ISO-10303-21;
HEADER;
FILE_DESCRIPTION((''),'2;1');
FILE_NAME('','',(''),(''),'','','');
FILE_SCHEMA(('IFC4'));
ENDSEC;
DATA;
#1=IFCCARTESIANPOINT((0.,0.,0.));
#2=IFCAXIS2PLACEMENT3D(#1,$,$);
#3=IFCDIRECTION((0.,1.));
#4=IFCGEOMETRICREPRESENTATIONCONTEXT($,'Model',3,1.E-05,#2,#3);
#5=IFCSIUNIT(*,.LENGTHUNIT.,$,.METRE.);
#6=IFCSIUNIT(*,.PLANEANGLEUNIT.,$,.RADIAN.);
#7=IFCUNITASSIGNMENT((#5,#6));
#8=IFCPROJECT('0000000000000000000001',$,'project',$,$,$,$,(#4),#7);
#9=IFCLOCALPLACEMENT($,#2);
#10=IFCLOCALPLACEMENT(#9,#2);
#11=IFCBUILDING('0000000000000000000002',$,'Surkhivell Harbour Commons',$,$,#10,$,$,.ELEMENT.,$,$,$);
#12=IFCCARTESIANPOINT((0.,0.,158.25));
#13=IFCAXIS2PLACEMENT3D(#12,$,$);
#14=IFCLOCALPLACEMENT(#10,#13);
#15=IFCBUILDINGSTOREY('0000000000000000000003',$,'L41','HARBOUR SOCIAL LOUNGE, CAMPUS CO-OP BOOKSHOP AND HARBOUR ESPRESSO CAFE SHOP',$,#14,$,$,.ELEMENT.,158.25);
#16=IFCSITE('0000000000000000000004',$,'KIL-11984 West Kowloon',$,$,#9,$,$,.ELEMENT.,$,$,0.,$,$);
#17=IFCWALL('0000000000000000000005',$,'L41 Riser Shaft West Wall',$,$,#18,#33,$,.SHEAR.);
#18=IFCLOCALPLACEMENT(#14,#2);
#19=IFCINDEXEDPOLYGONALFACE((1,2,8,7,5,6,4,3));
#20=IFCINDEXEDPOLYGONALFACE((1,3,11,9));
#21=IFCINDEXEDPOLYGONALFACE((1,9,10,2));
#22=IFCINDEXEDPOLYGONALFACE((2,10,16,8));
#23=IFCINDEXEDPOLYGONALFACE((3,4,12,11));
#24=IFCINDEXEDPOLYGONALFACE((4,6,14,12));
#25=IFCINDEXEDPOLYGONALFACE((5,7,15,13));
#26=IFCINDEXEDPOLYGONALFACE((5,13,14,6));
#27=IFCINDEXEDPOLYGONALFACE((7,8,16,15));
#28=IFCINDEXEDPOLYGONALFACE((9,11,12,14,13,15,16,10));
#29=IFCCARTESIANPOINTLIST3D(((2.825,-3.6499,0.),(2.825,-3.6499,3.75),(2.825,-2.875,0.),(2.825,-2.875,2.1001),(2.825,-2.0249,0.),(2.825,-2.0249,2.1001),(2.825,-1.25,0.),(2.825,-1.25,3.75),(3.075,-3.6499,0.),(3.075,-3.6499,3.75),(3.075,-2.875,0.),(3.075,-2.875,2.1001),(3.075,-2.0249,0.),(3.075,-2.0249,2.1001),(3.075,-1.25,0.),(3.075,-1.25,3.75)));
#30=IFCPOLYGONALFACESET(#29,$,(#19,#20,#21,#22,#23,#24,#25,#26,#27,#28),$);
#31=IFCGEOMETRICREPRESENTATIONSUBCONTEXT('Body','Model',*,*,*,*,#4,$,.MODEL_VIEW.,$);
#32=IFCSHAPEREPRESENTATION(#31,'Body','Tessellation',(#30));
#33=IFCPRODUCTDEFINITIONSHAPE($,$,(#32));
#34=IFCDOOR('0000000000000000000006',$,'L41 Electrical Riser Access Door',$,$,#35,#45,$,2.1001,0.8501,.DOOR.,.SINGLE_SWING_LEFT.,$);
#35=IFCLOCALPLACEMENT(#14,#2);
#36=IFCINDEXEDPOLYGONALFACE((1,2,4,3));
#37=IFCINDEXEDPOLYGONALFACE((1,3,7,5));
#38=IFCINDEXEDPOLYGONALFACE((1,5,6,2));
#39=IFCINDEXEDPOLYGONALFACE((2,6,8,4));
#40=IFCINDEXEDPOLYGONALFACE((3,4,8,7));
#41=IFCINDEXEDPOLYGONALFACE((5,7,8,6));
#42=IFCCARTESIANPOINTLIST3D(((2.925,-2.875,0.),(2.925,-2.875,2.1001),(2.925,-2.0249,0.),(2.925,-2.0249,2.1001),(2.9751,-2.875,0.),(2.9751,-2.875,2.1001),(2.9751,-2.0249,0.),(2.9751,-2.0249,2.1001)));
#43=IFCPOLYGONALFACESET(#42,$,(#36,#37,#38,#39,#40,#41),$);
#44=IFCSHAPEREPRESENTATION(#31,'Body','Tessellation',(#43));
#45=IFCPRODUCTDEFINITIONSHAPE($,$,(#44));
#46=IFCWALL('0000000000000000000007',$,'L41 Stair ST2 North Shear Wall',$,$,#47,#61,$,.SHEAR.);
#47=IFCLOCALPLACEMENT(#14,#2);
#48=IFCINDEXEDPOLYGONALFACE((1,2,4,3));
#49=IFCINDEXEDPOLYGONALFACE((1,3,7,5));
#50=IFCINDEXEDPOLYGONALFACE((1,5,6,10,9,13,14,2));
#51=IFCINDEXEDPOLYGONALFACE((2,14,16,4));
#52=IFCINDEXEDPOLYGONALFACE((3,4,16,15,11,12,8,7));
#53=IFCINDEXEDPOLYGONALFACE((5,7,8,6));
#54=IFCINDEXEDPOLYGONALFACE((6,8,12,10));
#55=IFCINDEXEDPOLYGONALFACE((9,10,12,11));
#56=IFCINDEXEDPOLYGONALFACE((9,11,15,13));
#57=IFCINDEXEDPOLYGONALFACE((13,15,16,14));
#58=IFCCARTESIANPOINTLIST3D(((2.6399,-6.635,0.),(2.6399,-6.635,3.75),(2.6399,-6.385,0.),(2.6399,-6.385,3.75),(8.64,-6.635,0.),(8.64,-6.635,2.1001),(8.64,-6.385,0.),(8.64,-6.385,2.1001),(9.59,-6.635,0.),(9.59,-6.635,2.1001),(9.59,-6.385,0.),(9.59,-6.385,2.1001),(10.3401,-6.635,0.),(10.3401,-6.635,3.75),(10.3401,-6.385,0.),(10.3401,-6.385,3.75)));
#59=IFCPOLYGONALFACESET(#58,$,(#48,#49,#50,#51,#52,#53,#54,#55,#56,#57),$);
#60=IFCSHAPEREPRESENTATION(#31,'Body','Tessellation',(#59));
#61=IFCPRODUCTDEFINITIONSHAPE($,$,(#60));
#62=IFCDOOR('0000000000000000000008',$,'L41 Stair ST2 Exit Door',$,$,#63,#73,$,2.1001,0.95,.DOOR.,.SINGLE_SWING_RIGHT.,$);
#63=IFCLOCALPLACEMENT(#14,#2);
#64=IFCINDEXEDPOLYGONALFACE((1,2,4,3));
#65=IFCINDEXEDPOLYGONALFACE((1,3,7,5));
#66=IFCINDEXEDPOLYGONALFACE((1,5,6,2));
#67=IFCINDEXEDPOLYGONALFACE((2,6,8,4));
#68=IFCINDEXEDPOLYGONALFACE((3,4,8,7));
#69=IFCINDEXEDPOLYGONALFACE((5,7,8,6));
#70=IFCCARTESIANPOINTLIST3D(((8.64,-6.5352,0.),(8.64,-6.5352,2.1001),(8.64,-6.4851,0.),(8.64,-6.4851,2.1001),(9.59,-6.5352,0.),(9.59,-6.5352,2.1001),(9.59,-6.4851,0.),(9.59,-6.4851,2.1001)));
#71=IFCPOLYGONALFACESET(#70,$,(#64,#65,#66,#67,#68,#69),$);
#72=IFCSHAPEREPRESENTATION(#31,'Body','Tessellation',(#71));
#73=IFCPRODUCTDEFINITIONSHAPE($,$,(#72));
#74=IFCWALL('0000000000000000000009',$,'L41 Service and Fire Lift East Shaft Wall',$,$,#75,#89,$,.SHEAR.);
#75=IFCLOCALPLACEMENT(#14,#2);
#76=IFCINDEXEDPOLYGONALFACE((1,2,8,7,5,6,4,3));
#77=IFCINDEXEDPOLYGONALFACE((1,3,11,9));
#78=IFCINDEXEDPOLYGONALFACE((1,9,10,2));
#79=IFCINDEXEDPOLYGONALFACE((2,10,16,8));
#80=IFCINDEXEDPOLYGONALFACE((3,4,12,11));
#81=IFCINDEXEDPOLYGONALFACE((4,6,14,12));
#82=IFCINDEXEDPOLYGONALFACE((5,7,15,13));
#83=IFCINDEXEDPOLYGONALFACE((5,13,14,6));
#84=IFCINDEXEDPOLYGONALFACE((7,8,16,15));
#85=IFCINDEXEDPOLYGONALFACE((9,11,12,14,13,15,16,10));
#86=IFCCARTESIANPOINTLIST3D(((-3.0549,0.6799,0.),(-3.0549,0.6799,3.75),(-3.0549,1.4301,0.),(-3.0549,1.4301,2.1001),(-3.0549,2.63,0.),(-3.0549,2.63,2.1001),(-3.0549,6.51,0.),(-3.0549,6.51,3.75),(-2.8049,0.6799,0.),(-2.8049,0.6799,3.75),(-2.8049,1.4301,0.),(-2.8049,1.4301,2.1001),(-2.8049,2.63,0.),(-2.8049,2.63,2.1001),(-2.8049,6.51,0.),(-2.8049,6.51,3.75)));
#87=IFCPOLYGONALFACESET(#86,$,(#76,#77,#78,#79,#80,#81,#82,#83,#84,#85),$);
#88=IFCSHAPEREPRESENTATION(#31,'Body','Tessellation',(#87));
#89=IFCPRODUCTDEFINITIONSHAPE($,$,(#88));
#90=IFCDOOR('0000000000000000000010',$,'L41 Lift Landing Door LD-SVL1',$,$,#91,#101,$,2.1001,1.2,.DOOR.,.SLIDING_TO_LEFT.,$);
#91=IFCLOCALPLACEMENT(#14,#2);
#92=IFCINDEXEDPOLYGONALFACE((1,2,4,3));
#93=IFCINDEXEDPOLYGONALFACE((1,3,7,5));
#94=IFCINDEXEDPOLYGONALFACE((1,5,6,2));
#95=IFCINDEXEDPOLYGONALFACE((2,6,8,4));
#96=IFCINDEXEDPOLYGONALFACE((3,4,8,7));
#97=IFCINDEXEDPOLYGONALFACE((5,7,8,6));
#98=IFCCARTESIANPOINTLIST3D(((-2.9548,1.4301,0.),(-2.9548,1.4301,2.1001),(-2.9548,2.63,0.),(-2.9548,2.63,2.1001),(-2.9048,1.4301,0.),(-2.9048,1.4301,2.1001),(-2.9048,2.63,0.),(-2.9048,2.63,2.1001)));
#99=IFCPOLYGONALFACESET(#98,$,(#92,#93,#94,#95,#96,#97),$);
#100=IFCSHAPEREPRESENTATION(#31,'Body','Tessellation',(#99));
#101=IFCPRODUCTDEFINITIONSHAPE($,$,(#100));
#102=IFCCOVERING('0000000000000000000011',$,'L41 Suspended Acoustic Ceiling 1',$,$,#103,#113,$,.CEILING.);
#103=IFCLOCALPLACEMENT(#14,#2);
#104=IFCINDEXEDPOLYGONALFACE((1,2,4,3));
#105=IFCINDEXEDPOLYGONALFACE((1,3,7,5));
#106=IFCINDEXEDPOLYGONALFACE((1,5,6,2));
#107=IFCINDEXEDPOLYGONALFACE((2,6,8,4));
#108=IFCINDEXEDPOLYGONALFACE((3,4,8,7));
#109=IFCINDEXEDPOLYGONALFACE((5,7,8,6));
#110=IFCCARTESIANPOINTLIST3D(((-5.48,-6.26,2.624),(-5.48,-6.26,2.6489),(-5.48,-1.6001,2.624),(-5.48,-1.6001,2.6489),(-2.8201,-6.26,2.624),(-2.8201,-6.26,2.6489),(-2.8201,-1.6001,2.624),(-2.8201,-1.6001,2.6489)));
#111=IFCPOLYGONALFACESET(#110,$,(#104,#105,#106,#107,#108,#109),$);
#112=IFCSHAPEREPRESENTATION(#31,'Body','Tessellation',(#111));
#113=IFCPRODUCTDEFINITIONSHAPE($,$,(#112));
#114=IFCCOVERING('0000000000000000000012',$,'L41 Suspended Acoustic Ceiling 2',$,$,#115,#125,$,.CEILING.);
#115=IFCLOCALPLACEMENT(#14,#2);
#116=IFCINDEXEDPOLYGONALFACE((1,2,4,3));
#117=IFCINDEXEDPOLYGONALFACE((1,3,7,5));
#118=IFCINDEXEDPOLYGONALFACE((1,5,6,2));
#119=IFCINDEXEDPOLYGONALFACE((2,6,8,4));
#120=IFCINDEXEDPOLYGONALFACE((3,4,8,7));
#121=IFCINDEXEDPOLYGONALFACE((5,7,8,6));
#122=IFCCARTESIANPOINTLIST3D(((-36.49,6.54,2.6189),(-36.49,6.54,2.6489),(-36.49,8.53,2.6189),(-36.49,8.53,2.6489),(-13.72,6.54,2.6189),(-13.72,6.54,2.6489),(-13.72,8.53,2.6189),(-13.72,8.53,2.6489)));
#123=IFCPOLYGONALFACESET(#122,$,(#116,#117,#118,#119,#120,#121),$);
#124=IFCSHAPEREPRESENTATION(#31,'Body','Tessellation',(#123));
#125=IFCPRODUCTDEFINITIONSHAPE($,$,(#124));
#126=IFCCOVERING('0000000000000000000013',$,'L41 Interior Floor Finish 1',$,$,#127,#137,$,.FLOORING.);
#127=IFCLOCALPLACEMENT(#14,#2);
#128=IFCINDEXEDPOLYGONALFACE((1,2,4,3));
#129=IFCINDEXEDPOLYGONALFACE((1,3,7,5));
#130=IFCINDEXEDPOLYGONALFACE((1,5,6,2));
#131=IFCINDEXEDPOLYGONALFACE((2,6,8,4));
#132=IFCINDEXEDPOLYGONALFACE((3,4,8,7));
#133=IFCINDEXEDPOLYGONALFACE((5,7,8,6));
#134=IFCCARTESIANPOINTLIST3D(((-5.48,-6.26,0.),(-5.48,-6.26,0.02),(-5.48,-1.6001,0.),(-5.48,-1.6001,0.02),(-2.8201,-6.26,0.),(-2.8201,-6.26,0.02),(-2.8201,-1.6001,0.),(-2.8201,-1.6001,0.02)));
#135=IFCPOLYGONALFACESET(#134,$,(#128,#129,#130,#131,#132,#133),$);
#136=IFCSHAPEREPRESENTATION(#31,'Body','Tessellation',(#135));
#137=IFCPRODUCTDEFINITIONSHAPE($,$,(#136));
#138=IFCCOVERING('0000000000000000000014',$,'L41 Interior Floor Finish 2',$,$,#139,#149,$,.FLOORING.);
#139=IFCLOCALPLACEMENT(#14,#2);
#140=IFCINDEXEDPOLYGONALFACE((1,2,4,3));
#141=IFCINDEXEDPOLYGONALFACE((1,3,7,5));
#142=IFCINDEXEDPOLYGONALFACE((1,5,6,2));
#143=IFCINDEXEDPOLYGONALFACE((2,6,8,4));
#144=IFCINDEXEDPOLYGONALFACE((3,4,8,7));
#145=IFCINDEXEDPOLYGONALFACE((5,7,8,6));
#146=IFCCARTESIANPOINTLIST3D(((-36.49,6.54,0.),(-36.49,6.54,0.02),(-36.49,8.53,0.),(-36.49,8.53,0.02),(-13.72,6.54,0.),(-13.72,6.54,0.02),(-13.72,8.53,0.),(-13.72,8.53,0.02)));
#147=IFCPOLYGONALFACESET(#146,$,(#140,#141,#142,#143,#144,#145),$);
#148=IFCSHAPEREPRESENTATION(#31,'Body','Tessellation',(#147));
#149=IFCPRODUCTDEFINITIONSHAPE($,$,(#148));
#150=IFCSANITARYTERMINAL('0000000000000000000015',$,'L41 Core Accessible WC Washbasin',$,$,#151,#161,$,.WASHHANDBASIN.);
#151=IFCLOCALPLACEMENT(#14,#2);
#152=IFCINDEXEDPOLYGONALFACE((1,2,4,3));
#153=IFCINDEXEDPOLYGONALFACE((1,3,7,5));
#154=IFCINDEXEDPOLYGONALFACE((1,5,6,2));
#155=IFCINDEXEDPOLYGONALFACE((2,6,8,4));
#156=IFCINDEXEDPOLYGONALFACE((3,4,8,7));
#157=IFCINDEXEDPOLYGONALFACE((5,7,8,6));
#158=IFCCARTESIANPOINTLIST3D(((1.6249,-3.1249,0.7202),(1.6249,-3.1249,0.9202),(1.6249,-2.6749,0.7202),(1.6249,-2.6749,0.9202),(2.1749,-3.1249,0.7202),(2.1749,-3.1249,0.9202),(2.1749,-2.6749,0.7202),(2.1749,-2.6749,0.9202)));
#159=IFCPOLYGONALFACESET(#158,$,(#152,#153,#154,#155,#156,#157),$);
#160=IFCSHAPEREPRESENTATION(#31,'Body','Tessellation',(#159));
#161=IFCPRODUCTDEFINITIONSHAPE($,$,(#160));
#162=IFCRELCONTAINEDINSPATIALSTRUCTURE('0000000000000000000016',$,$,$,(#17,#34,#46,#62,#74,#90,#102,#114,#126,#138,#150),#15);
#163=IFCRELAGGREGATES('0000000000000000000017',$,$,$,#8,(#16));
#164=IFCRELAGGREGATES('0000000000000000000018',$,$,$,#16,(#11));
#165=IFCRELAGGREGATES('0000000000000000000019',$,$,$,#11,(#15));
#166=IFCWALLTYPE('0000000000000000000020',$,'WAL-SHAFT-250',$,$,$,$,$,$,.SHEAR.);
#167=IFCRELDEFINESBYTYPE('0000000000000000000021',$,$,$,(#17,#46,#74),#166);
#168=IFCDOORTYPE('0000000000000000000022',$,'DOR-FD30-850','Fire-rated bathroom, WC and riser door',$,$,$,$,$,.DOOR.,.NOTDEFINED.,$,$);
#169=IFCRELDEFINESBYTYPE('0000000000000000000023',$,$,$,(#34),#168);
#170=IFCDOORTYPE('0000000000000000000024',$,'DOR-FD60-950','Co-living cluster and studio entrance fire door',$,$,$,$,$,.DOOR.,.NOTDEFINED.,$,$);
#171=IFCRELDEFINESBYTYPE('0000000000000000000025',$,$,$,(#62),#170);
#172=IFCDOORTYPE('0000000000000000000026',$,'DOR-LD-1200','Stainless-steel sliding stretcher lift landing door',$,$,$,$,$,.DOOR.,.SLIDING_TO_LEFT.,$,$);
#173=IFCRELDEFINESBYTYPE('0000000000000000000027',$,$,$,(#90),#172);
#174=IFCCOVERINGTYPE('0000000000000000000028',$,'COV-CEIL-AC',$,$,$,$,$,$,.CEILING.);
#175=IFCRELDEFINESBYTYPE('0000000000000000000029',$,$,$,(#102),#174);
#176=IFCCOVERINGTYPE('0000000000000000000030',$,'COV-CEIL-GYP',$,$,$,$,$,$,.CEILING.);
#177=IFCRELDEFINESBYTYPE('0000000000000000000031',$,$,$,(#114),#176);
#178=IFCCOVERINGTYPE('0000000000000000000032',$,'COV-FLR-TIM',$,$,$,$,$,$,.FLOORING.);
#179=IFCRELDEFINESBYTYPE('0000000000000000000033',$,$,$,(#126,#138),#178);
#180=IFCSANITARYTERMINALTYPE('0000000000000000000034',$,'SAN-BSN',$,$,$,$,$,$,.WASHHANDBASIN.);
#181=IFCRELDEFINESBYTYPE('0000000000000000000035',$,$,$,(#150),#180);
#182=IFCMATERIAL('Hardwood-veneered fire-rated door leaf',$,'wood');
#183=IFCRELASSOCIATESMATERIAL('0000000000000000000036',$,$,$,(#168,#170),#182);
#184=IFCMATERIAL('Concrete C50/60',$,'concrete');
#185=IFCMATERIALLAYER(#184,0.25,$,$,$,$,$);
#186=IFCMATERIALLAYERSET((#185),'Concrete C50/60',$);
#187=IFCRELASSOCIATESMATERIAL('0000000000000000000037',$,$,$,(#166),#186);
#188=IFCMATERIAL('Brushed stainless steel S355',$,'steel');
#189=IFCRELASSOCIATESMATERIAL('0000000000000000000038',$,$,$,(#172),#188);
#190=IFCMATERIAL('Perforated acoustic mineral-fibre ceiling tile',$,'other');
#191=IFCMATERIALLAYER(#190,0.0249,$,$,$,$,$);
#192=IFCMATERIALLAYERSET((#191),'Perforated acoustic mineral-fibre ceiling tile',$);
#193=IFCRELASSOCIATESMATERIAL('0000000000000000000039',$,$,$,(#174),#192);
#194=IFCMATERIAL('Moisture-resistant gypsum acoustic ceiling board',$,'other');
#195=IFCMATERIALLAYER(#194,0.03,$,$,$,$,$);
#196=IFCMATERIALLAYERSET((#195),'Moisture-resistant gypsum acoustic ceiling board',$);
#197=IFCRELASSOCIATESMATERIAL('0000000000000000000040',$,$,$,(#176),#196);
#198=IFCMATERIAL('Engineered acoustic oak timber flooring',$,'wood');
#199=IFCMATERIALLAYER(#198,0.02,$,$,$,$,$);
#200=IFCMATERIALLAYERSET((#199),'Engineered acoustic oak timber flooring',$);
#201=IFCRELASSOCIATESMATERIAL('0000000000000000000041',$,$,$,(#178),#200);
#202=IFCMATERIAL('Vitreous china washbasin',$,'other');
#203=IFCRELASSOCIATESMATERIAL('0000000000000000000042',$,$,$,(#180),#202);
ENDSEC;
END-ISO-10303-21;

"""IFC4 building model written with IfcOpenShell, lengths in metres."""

from ifc_helpers import new_model, si_unit, direction, frame, frame_2d, origin, origin_2d, place, context, subcontext, project, spatial, polyline, rectangle, outline, extrude, material, layer, layer_set, type_object, element, fill, save


model = new_model("IFC4")

# Units and contexts
model_context = context("Model", 3, precision=1e-05, world=origin(), true_north=direction((0.0, 1.0)))
body_context = subcontext(model_context, "Body", "Model", "MODEL_VIEW")
ifc_project = project(units=[si_unit("LENGTHUNIT", "METRE"), si_unit("PLANEANGLEUNIT", "RADIAN")], contexts=[model_context])

# Site, building, storey
site_placement = place(None, origin())
site = spatial("IfcSite", under=ifc_project, at=site_placement, Name="KIL-11984 West Kowloon", CompositionType="ELEMENT", RefElevation=0.0)
building_placement = place(site_placement, origin())
building = spatial("IfcBuilding", under=site, at=building_placement, Name="Surkhivell Harbour Commons", CompositionType="ELEMENT")
storey_placement = place(building_placement, frame((0.0, 0.0, 158.25)))
storey = spatial("IfcBuildingStorey", under=building, at=storey_placement, Name="L41", Description="HARBOUR SOCIAL LOUNGE, CAMPUS CO-OP BOOKSHOP AND HARBOUR ESPRESSO CAFE SHOP", CompositionType="ELEMENT", Elevation=158.25)

# Shared definitions
ifc_material_1 = material(Name="Hardwood-veneered fire-rated door leaf", Category="wood")
door_type_1 = type_object("IfcDoorType", Name="DOR-FD30-850", Description="Fire-rated bathroom, WC and riser door", OperationType="NOTDEFINED", PredefinedType="DOOR", material=ifc_material_1)

# Shared definitions
ifc_material_2 = material(Name="Concrete C50/60", Category="concrete")
ifc_layer_1 = layer(ifc_material_2, 0.25)
ifc_layer_set_1 = layer_set([ifc_layer_1], Name="Concrete C50/60")
wall_type_1 = type_object("IfcWallType", Name="WAL-SHAFT-250", PredefinedType="SHEAR", material=ifc_layer_set_1)

# Walls, openings, doors
wall_1_placement = place(storey_placement, frame((2.95, -3.6499, 0.0), z_axis=(0.0, 0.0, 1.0), x_axis=(0.0, 1.0, 0.0)))
wall_1 = element("IfcWall", 1, at=wall_1_placement, inside=storey, type_object=wall_type_1, Name="L41 Riser Shaft West Wall", PredefinedType="SHEAR", context=body_context, shape_type="SweptSolid", body=[
    extrude(rectangle(XDim=2.3999, YDim=0.25, at=frame_2d((1.2, 0.0))), origin(), (0.0, 0.0, 1.0), 3.75),
])
opening_1_placement = place(wall_1_placement, frame((0.7749, 0.0, 0.0)))
opening_1 = element("IfcOpeningElement", 2, at=opening_1_placement, cuts=wall_1, PredefinedType="OPENING", context=body_context, shape_type="SweptSolid", body=[
    extrude(rectangle(XDim=0.8501, YDim=2.1001, at=frame_2d((0.425, 1.05))), frame((0.0, 0.135, 0.0), z_axis=(0.0, -1.0, 0.0), x_axis=(1.0, 0.0, 0.0)), (0.0, 0.0, 1.0), 0.27),
])
door_1_placement = place(opening_1_placement, origin())
door_1 = element("IfcDoor", 3, at=door_1_placement, inside=storey, type_object=door_type_1, Name="L41 Electrical Riser Access Door", OperationType="SINGLE_SWING_LEFT", OverallHeight=2.1001, OverallWidth=0.8501, PredefinedType="DOOR", context=body_context, shape_type="SweptSolid", body=[
    extrude(rectangle(XDim=0.8501, YDim=2.1001, at=frame_2d((0.425, 1.05))), frame((0.0, 0.0249, 0.0), z_axis=(0.0, -1.0, 0.0), x_axis=(1.0, 0.0, 0.0)), (0.0, 0.0, 1.0), 0.05),
])
fill(opening_1, door_1)
wall_2_placement = place(storey_placement, frame((2.6399, -6.51, 0.0), z_axis=(0.0, 0.0, 1.0), x_axis=(1.0, 0.0, 0.0)))
wall_2 = element("IfcWall", 4, at=wall_2_placement, inside=storey, type_object=wall_type_1, Name="L41 Stair ST2 North Shear Wall", PredefinedType="SHEAR", context=body_context, shape_type="SweptSolid", body=[
    extrude(rectangle(XDim=7.7002, YDim=0.25, at=frame_2d((3.8501, 0.0))), origin(), (0.0, 0.0, 1.0), 3.75),
])
opening_2_placement = place(wall_2_placement, frame((6.0, 0.0, 0.0)))
opening_2 = element("IfcOpeningElement", 5, at=opening_2_placement, cuts=wall_2, PredefinedType="OPENING", context=body_context, shape_type="SweptSolid", body=[
    extrude(rectangle(XDim=0.95, YDim=2.1001, at=frame_2d((0.4751, 1.05))), frame((0.0, 0.135, 0.0), z_axis=(0.0, -1.0, 0.0), x_axis=(1.0, 0.0, 0.0)), (0.0, 0.0, 1.0), 0.27),
])
door_type_2 = type_object("IfcDoorType", Name="DOR-FD60-950", Description="Co-living cluster and studio entrance fire door", OperationType="NOTDEFINED", PredefinedType="DOOR", material=ifc_material_1)
door_2_placement = place(opening_2_placement, origin())
door_2 = element("IfcDoor", 6, at=door_2_placement, inside=storey, type_object=door_type_2, Name="L41 Stair ST2 Exit Door", OperationType="SINGLE_SWING_RIGHT", OverallHeight=2.1001, OverallWidth=0.95, PredefinedType="DOOR", context=body_context, shape_type="SweptSolid", body=[
    extrude(rectangle(XDim=0.95, YDim=2.1001, at=frame_2d((0.4751, 1.05))), frame((0.0, 0.0249, 0.0), z_axis=(0.0, -1.0, 0.0), x_axis=(1.0, 0.0, 0.0)), (0.0, 0.0, 1.0), 0.05),
])
fill(opening_2, door_2)
wall_3_placement = place(storey_placement, frame((-2.9299, 0.6799, 0.0), z_axis=(0.0, 0.0, 1.0), x_axis=(0.0, 1.0, 0.0)))
wall_3 = element("IfcWall", 7, at=wall_3_placement, inside=storey, type_object=wall_type_1, Name="L41 Service and Fire Lift East Shaft Wall", PredefinedType="SHEAR", context=body_context, shape_type="SweptSolid", body=[
    extrude(rectangle(XDim=5.8301, YDim=0.25, at=frame_2d((2.915, 0.0))), origin(), (0.0, 0.0, 1.0), 3.75),
])
opening_3_placement = place(wall_3_placement, frame((0.75, 0.0, 0.0)))
opening_3 = element("IfcOpeningElement", 8, at=opening_3_placement, cuts=wall_3, PredefinedType="OPENING", context=body_context, shape_type="SweptSolid", body=[
    extrude(rectangle(XDim=1.2, YDim=2.1001, at=frame_2d((0.6001, 1.05))), frame((0.0, 0.135, 0.0), z_axis=(0.0, -1.0, 0.0), x_axis=(1.0, 0.0, 0.0)), (0.0, 0.0, 1.0), 0.27),
])
ifc_material_3 = material(Name="Brushed stainless steel S355", Category="steel")
door_type_3 = type_object("IfcDoorType", Name="DOR-LD-1200", Description="Stainless-steel sliding stretcher lift landing door", OperationType="SLIDING_TO_LEFT", PredefinedType="DOOR", material=ifc_material_3)
door_3_placement = place(opening_3_placement, origin())
door_3 = element("IfcDoor", 9, at=door_3_placement, inside=storey, type_object=door_type_3, Name="L41 Lift Landing Door LD-SVL1", OperationType="SLIDING_TO_LEFT", OverallHeight=2.1001, OverallWidth=1.2, PredefinedType="DOOR", context=body_context, shape_type="SweptSolid", body=[
    extrude(rectangle(XDim=1.2, YDim=2.1001, at=frame_2d((0.6001, 1.05))), frame((0.0, 0.0249, 0.0), z_axis=(0.0, -1.0, 0.0), x_axis=(1.0, 0.0, 0.0)), (0.0, 0.0, 1.0), 0.05),
])
fill(opening_3, door_3)

# Coverings
ifc_material_4 = material(Name="Perforated acoustic mineral-fibre ceiling tile", Category="other")
ifc_layer_2 = layer(ifc_material_4, 0.0249)
ifc_layer_set_2 = layer_set([ifc_layer_2], Name="Perforated acoustic mineral-fibre ceiling tile")
covering_type_1 = type_object("IfcCoveringType", Name="COV-CEIL-AC", PredefinedType="CEILING", material=ifc_layer_set_2)
covering_1_placement = place(storey_placement, frame((0.0, 0.0, 2.624)))
element("IfcCovering", 10, at=covering_1_placement, inside=storey, type_object=covering_type_1, Name="L41 Suspended Acoustic Ceiling 1", PredefinedType="CEILING", context=body_context, shape_type="SweptSolid", body=[
    extrude(outline(polyline([(-5.48, -6.26), (-2.8201, -6.26), (-2.8201, -1.6001), (-5.48, -1.6001), (-5.48, -6.26)])), origin(), (0.0, 0.0, 1.0), 0.0249),
])
ifc_material_5 = material(Name="Moisture-resistant gypsum acoustic ceiling board", Category="other")
ifc_layer_3 = layer(ifc_material_5, 0.03)
ifc_layer_set_3 = layer_set([ifc_layer_3], Name="Moisture-resistant gypsum acoustic ceiling board")
covering_type_2 = type_object("IfcCoveringType", Name="COV-CEIL-GYP", PredefinedType="CEILING", material=ifc_layer_set_3)
covering_2_placement = place(storey_placement, frame((0.0, 0.0, 2.6189)))
element("IfcCovering", 11, at=covering_2_placement, inside=storey, type_object=covering_type_2, Name="L41 Suspended Acoustic Ceiling 2", PredefinedType="CEILING", context=body_context, shape_type="SweptSolid", body=[
    extrude(outline(polyline([(-13.72, 6.54), (-13.72, 8.53), (-36.49, 8.53), (-36.49, 6.54), (-13.72, 6.54)])), origin(), (0.0, 0.0, 1.0), 0.03),
])
ifc_material_6 = material(Name="Engineered acoustic oak timber flooring", Category="wood")
ifc_layer_4 = layer(ifc_material_6, 0.02)
ifc_layer_set_4 = layer_set([ifc_layer_4], Name="Engineered acoustic oak timber flooring")
covering_type_3 = type_object("IfcCoveringType", Name="COV-FLR-TIM", PredefinedType="FLOORING", material=ifc_layer_set_4)
covering_3_placement = place(storey_placement, origin())
element("IfcCovering", 12, at=covering_3_placement, inside=storey, type_object=covering_type_3, Name="L41 Interior Floor Finish 1", PredefinedType="FLOORING", context=body_context, shape_type="SweptSolid", body=[
    extrude(outline(polyline([(-5.48, -6.26), (-2.8201, -6.26), (-2.8201, -1.6001), (-5.48, -1.6001), (-5.48, -6.26)])), origin(), (0.0, 0.0, 1.0), 0.02),
])
covering_4_placement = place(storey_placement, origin())
element("IfcCovering", 13, at=covering_4_placement, inside=storey, type_object=covering_type_3, Name="L41 Interior Floor Finish 2", PredefinedType="FLOORING", context=body_context, shape_type="SweptSolid", body=[
    extrude(outline(polyline([(-13.72, 6.54), (-13.72, 8.53), (-36.49, 8.53), (-36.49, 6.54), (-13.72, 6.54)])), origin(), (0.0, 0.0, 1.0), 0.02),
])

# Sanitary terminal
ifc_material_7 = material(Name="Vitreous china washbasin", Category="other")
sanitary_terminal_type_1 = type_object("IfcSanitaryTerminalType", Name="SAN-BSN", PredefinedType="WASHHANDBASIN", material=ifc_material_7)
sanitary_terminal_1_placement = place(storey_placement, frame((1.8999, -2.8999, 0.7202), z_axis=(0.0, 0.0, 1.0), x_axis=(1.0, 0.0, 0.0)))
element("IfcSanitaryTerminal", 14, at=sanitary_terminal_1_placement, inside=storey, type_object=sanitary_terminal_type_1, Name="L41 Core Accessible WC Washbasin", PredefinedType="WASHHANDBASIN", context=body_context, shape_type="SweptSolid", body=[
    extrude(rectangle(XDim=0.55, YDim=0.45, at=origin_2d()), origin(), (0.0, 0.0, 1.0), 0.2),
])

save(model, "model.ifc")
